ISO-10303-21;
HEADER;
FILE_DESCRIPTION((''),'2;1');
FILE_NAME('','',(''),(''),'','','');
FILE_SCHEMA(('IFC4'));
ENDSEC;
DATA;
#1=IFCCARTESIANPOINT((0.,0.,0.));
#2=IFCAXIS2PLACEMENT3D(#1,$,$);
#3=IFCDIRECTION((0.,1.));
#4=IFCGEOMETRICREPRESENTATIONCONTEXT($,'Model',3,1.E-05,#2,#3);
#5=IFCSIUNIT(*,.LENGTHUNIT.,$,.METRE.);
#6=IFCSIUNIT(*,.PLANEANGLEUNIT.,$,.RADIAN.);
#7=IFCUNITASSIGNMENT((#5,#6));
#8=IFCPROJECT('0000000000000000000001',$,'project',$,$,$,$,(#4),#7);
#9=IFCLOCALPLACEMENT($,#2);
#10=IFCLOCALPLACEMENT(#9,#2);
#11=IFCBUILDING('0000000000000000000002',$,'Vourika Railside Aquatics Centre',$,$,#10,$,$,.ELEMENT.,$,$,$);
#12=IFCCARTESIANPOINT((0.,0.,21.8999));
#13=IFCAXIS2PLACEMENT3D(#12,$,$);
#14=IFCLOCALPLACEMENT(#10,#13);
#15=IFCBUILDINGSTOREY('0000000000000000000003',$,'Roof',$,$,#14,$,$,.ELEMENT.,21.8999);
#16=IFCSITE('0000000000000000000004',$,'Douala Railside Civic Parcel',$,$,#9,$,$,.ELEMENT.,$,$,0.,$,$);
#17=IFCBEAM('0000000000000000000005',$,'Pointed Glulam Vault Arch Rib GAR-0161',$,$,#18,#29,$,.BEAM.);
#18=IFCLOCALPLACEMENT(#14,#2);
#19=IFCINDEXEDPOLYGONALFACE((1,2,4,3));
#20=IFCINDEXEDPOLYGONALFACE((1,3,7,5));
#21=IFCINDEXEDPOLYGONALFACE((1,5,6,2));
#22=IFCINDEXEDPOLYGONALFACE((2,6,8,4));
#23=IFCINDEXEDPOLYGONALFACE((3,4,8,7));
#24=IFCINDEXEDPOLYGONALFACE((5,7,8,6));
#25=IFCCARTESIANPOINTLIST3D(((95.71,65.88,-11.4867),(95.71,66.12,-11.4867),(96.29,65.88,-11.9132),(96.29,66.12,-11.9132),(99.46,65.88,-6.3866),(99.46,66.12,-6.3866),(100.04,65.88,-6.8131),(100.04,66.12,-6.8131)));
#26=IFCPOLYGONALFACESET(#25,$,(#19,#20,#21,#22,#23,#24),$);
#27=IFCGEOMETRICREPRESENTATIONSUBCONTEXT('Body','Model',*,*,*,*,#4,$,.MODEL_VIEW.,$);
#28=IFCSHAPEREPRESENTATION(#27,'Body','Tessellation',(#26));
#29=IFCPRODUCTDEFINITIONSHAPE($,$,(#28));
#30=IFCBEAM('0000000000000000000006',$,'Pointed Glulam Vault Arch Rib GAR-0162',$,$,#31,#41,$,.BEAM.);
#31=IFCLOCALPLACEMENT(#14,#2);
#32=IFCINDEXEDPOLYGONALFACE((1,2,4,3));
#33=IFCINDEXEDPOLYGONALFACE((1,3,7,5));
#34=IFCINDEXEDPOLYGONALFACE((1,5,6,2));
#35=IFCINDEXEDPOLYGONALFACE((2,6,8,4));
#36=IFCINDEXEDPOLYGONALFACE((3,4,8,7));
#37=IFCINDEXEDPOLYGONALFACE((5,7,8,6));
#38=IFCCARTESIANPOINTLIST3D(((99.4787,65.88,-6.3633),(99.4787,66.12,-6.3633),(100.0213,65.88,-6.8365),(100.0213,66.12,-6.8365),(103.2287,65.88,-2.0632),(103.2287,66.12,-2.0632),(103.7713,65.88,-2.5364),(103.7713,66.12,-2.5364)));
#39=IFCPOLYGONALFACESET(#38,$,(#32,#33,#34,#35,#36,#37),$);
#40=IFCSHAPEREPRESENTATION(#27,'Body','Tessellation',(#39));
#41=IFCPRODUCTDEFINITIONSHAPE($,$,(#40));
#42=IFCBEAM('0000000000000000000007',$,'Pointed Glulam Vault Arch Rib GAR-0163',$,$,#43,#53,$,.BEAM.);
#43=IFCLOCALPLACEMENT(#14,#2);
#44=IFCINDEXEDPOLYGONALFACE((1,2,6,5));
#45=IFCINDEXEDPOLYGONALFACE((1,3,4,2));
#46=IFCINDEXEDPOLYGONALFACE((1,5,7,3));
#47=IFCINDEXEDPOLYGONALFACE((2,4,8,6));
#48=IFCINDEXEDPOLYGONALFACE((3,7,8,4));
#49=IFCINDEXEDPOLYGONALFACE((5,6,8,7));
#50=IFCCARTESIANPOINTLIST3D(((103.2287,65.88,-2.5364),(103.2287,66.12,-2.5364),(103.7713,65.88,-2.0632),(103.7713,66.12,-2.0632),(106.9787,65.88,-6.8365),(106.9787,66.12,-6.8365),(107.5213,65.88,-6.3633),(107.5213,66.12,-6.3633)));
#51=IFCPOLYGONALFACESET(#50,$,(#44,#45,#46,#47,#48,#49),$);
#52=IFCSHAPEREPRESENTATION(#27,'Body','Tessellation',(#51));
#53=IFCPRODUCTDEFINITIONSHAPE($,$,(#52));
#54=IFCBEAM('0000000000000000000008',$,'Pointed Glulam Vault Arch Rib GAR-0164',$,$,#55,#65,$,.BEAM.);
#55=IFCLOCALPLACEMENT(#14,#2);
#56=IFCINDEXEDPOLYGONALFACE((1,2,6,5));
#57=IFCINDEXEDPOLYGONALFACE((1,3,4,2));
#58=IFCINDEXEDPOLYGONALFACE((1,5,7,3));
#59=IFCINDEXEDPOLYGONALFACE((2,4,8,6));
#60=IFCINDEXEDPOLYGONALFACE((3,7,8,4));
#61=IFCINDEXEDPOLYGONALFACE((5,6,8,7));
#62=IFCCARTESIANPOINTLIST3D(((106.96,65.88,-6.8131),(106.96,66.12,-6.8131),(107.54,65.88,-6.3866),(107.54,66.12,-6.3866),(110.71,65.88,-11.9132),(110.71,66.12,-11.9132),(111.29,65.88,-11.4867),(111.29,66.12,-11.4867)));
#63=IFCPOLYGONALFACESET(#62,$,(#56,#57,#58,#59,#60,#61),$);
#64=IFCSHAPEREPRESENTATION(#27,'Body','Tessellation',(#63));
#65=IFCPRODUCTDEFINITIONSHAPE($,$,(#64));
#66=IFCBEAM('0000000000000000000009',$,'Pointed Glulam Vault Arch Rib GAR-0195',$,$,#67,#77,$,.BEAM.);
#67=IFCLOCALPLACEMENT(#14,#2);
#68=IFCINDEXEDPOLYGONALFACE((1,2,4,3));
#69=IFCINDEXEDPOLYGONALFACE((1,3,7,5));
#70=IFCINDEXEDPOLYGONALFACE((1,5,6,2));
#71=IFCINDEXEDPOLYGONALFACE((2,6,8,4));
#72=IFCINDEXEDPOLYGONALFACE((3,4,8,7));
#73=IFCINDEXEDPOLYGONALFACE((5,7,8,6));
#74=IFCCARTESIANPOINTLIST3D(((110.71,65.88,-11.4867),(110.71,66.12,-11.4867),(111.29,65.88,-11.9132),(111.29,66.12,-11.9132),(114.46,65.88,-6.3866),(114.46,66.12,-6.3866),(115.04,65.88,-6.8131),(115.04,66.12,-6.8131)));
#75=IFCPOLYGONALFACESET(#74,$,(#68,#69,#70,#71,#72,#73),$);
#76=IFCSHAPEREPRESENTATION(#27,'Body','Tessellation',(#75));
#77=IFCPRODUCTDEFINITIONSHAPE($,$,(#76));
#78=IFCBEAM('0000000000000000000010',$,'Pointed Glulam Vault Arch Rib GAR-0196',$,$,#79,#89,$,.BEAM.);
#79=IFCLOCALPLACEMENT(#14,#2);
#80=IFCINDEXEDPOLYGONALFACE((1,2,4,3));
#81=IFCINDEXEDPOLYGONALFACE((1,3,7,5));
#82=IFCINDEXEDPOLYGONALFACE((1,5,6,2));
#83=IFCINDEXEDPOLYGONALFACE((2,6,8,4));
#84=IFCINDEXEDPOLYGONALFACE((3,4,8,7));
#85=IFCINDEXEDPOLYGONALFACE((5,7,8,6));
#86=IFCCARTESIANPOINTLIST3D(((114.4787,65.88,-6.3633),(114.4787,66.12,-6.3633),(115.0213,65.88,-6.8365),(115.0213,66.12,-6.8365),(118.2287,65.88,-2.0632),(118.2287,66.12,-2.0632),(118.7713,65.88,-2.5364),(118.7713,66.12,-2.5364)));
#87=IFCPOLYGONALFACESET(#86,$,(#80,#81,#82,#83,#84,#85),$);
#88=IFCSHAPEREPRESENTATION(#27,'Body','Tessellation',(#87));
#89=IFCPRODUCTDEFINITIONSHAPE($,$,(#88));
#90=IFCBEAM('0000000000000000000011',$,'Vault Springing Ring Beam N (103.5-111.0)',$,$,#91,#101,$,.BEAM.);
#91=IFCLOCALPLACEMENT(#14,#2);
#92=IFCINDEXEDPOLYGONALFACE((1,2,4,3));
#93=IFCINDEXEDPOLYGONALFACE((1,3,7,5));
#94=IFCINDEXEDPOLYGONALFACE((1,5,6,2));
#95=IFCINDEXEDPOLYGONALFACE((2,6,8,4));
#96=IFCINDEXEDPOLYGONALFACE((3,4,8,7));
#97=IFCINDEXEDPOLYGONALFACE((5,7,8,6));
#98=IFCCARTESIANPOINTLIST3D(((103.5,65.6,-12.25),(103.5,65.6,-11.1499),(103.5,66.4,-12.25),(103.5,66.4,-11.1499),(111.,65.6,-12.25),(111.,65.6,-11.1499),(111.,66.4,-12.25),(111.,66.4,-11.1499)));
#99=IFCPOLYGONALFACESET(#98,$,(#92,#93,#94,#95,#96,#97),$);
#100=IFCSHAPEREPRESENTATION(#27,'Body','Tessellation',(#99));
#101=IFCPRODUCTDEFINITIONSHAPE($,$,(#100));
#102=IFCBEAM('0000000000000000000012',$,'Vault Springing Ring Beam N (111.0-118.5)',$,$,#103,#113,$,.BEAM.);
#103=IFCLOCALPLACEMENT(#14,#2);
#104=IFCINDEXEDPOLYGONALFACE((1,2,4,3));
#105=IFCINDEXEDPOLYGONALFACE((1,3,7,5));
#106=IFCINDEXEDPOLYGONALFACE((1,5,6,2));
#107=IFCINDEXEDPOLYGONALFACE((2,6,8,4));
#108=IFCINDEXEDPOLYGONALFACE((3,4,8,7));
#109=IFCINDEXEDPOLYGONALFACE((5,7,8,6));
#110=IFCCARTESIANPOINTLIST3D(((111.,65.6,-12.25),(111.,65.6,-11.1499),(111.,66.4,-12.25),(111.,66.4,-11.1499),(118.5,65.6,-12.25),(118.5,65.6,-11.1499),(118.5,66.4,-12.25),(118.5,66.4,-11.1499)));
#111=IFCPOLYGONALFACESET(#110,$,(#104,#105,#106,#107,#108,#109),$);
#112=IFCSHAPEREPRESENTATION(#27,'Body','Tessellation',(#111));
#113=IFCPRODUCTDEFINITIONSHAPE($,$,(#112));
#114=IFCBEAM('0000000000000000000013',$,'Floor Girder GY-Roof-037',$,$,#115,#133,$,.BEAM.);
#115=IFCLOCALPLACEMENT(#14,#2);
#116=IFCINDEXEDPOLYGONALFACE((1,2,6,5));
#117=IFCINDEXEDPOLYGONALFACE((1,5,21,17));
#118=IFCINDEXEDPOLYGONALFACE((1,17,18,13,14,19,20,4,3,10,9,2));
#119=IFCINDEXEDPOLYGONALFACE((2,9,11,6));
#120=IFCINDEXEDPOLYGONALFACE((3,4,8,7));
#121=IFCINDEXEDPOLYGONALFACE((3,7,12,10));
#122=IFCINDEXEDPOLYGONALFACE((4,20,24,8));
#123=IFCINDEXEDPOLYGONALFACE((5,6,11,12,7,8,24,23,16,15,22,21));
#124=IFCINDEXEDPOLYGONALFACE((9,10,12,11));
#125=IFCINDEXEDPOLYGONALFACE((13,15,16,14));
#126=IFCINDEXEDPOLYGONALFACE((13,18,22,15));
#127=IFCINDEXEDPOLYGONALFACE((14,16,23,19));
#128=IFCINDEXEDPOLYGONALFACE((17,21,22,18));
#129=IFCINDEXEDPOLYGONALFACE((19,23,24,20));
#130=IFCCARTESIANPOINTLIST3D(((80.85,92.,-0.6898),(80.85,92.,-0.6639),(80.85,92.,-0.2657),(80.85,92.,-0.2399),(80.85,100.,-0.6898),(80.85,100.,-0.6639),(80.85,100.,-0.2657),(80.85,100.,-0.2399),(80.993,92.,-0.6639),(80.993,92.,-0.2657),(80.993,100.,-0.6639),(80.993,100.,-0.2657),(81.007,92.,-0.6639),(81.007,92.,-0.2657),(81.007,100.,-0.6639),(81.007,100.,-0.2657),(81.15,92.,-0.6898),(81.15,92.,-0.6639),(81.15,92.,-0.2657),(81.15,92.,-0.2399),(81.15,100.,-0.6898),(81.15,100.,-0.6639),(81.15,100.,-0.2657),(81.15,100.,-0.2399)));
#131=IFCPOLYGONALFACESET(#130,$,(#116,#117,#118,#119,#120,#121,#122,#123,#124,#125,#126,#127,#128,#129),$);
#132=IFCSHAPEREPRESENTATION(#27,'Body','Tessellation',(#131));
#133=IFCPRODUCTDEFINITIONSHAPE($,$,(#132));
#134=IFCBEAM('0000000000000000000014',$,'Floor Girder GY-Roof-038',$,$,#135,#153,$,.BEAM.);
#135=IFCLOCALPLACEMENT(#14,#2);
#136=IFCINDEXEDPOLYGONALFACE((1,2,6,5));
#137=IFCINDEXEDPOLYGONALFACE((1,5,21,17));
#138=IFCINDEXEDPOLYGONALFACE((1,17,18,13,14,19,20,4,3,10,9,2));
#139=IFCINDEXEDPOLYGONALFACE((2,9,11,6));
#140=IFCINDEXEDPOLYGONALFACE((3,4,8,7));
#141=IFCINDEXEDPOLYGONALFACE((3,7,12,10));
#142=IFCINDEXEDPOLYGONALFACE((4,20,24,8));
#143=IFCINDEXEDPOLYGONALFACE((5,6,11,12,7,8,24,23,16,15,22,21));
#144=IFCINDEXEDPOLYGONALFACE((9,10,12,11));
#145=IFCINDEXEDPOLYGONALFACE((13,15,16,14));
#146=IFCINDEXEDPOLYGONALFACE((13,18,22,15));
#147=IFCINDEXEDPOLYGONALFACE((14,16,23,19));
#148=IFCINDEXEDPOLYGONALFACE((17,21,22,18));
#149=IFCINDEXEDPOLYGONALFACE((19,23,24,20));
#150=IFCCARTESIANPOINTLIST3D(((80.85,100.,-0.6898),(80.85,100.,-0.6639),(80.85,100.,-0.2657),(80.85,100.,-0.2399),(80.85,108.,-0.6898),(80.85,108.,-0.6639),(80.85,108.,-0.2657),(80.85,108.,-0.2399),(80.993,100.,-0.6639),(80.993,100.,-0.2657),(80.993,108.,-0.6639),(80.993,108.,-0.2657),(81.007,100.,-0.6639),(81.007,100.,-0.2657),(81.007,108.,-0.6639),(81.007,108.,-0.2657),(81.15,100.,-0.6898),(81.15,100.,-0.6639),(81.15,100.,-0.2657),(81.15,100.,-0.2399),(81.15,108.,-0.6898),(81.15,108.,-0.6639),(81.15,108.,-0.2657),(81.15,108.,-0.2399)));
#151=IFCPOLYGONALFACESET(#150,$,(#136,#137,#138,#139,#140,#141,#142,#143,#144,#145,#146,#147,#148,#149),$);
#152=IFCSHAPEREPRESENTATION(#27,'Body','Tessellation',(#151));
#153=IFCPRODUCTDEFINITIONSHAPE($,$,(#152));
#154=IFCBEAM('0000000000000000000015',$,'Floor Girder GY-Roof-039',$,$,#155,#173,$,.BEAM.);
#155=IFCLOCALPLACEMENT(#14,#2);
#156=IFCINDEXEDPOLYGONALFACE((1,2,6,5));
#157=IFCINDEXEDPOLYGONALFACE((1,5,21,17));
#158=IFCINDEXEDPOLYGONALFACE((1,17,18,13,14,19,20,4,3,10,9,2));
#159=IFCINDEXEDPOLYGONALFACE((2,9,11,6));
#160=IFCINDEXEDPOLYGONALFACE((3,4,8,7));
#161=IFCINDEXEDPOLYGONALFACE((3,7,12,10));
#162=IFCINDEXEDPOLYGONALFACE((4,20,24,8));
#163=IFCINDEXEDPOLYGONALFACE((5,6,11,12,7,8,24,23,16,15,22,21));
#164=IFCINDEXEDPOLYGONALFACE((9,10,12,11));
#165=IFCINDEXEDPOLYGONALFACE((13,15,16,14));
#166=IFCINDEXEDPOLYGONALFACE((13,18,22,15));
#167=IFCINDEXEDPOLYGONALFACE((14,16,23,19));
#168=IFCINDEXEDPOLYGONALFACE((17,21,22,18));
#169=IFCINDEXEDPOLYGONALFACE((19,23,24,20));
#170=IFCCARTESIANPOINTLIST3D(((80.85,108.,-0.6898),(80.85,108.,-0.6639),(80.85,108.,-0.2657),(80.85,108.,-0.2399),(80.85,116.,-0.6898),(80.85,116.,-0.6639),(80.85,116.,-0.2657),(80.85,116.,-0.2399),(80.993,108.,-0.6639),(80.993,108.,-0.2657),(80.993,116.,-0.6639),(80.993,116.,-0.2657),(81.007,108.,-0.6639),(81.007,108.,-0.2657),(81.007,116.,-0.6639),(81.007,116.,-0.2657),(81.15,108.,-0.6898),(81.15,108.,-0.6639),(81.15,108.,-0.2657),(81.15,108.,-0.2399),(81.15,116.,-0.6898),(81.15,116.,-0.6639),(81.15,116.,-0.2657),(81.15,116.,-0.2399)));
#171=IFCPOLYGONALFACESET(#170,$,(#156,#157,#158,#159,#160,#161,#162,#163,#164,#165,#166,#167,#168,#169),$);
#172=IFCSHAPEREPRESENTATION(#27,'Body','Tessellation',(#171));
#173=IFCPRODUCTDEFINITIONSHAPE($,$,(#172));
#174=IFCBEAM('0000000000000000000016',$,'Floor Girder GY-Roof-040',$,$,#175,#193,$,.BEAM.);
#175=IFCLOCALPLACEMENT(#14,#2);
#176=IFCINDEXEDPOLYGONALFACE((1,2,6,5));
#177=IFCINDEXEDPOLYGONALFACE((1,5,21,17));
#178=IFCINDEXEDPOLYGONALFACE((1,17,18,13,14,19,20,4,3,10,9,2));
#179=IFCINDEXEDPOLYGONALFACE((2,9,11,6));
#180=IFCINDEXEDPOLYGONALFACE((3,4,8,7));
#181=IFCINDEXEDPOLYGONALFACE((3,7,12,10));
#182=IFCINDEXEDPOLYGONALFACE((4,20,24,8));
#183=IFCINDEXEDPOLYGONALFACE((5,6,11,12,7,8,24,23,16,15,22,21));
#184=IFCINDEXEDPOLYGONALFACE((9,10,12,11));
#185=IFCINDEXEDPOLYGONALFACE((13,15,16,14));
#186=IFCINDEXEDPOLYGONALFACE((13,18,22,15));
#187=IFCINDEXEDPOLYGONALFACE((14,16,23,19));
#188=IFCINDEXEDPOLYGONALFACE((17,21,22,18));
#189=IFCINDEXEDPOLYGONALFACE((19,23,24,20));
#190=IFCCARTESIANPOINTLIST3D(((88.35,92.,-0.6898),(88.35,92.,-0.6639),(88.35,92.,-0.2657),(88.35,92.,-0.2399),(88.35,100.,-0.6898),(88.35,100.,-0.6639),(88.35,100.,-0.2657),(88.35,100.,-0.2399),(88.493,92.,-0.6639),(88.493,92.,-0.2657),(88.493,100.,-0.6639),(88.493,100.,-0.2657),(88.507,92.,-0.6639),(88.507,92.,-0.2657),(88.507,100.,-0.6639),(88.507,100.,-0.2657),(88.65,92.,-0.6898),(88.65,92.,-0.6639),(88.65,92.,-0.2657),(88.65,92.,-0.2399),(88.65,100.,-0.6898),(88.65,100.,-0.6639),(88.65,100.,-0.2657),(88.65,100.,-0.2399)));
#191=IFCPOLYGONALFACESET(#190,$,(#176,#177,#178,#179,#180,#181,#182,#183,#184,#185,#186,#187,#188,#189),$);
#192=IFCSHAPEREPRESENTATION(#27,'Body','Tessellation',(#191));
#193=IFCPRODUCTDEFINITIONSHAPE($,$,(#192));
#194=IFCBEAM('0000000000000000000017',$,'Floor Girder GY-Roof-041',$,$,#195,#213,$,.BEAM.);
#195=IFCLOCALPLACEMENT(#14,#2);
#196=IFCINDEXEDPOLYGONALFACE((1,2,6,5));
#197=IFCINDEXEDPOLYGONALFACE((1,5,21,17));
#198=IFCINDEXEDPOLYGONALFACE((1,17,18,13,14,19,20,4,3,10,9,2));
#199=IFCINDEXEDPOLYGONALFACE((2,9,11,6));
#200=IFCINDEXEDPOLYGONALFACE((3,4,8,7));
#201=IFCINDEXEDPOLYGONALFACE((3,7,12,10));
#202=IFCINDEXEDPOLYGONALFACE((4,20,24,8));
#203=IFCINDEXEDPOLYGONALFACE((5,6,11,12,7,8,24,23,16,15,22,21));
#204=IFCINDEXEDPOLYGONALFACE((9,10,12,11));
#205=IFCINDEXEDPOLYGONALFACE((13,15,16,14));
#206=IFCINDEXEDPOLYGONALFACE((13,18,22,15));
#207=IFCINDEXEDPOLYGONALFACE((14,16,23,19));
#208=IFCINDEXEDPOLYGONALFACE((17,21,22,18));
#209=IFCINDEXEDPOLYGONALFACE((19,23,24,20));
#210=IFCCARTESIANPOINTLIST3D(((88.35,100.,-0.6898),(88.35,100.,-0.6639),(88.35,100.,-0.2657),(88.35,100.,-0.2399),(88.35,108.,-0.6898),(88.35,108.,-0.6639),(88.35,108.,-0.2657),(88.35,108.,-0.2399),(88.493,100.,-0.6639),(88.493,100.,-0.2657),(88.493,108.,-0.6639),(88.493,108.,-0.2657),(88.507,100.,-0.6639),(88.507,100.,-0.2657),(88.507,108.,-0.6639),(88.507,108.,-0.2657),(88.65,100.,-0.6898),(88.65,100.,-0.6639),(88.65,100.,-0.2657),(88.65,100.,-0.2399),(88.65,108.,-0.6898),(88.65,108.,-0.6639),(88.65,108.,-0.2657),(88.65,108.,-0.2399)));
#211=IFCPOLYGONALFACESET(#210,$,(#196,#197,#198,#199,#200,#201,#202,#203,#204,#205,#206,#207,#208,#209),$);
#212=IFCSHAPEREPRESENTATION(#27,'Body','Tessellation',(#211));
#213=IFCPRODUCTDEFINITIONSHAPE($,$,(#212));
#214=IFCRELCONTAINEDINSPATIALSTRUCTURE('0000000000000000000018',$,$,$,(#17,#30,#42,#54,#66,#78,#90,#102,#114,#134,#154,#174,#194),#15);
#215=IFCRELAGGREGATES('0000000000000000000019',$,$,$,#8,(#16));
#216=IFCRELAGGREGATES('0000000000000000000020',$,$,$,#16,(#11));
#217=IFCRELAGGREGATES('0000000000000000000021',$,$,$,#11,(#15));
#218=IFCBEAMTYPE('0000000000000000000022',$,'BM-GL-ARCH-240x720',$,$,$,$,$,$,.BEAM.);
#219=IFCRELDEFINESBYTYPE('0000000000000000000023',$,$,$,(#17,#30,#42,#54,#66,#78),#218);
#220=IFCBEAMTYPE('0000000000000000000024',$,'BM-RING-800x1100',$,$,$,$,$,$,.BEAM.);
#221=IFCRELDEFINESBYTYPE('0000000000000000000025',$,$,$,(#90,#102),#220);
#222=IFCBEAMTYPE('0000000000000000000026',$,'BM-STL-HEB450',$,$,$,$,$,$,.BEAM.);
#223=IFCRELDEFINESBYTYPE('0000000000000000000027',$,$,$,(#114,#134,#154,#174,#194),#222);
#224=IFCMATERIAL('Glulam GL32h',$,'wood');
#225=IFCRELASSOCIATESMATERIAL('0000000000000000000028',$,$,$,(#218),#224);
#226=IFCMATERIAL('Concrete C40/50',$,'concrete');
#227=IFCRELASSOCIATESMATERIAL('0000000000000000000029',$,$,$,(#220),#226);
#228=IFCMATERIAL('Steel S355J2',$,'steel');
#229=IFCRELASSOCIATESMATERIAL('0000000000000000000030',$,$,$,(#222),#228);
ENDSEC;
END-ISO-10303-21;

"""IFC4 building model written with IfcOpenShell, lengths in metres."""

from ifc_helpers import new_model, si_unit, direction, frame, origin, origin_2d, place, context, subcontext, project, spatial, rectangle, i_section, extrude, material, material_profile, profile_set, type_object, element, save


model = new_model("IFC4")

# Units and contexts
model_context = context("Model", 3, precision=1e-05, world=origin(), true_north=direction((0.0, 1.0)))
body_context = subcontext(model_context, "Body", "Model", "MODEL_VIEW")
ifc_project = project(units=[si_unit("LENGTHUNIT", "METRE"), si_unit("PLANEANGLEUNIT", "RADIAN")], contexts=[model_context])

# Site, building, storey
site_placement = place(None, origin())
site = spatial("IfcSite", under=ifc_project, at=site_placement, Name="Douala Railside Civic Parcel", CompositionType="ELEMENT", RefElevation=0.0)
building_placement = place(site_placement, origin())
building = spatial("IfcBuilding", under=site, at=building_placement, Name="Vourika Railside Aquatics Centre", CompositionType="ELEMENT")
storey_placement = place(building_placement, frame((0.0, 0.0, 21.8999)))
storey = spatial("IfcBuildingStorey", under=building, at=storey_placement, Name="Roof", CompositionType="ELEMENT", Elevation=21.8999)

# Beams
ifc_material_1 = material(Name="Glulam GL32h", Category="wood")
ifc_material_profile_1 = material_profile(ifc_material_1, rectangle(XDim=0.24, YDim=0.72, at=origin_2d()), Name="GL32h 240x720")
ifc_profile_set_1 = profile_set([ifc_material_profile_1], Name="Glulam GL32h")
beam_type_1 = type_object("IfcBeamType", Name="BM-GL-ARCH-240x720", PredefinedType="BEAM", material=ifc_profile_set_1)
beam_1_placement = place(storey_placement, frame((96.0, 66.0, -11.7), z_axis=(0.592383, 0.0, 0.805656), x_axis=(0.0, 1.0, 0.0)))
element("IfcBeam", 1, at=beam_1_placement, inside=storey, type_object=beam_type_1, Name="Pointed Glulam Vault Arch Rib GAR-0161", PredefinedType="BEAM", context=body_context, shape_type="SweptSolid", body=[
    extrude(rectangle(XDim=0.24, YDim=0.72, at=origin_2d()), origin(), (0.0, 0.0, 1.0), 6.3303),
])
for number, where, z_axis, x_axis, name in (
    (2, (99.75, 66.0, -6.5999), (0.657259, 0.0, 0.753665), (0.0, 1.0, 0.0), "Pointed Glulam Vault Arch Rib GAR-0162"),
    (3, (103.5, 66.0, -2.2998), (0.657259, 0.0, -0.753665), (0.0, 1.0, 0.0), "Pointed Glulam Vault Arch Rib GAR-0163"),
):
    element("IfcBeam", number, at=place(storey_placement, frame(where, z_axis=z_axis, x_axis=x_axis)), inside=storey, type_object=beam_type_1, Name=name, PredefinedType="BEAM", context=body_context, shape_type="SweptSolid", body=[
        extrude(rectangle(XDim=0.24, YDim=0.72, at=origin_2d()), origin(), (0.0, 0.0, 1.0), 5.7056),
    ])
for number, where, z_axis, x_axis, name in (
    (4, (107.25, 66.0, -6.5999), (0.592383, 0.0, -0.805656), (0.0, 1.0, 0.0), "Pointed Glulam Vault Arch Rib GAR-0164"),
    (5, (111.0, 66.0, -11.7), (0.592383, 0.0, 0.805656), (0.0, 1.0, 0.0), "Pointed Glulam Vault Arch Rib GAR-0195"),
):
    element("IfcBeam", number, at=place(storey_placement, frame(where, z_axis=z_axis, x_axis=x_axis)), inside=storey, type_object=beam_type_1, Name=name, PredefinedType="BEAM", context=body_context, shape_type="SweptSolid", body=[
        extrude(rectangle(XDim=0.24, YDim=0.72, at=origin_2d()), origin(), (0.0, 0.0, 1.0), 6.3303),
    ])
beam_2_placement = place(storey_placement, frame((114.75, 66.0, -6.5999), z_axis=(0.657259, 0.0, 0.753665), x_axis=(0.0, 1.0, 0.0)))
element("IfcBeam", 6, at=beam_2_placement, inside=storey, type_object=beam_type_1, Name="Pointed Glulam Vault Arch Rib GAR-0196", PredefinedType="BEAM", context=body_context, shape_type="SweptSolid", body=[
    extrude(rectangle(XDim=0.24, YDim=0.72, at=origin_2d()), origin(), (0.0, 0.0, 1.0), 5.7056),
])
ifc_material_2 = material(Name="Concrete C40/50", Category="concrete")
ifc_material_profile_2 = material_profile(ifc_material_2, rectangle(XDim=0.8, YDim=1.1001, at=origin_2d()), Name="RC 800x1100")
ifc_profile_set_2 = profile_set([ifc_material_profile_2], Name="Concrete C40/50")
beam_type_2 = type_object("IfcBeamType", Name="BM-RING-800x1100", PredefinedType="BEAM", material=ifc_profile_set_2)
for number, where, z_axis, x_axis, name in (
    (7, (103.5, 66.0, -11.7), (1.0, 0.0, 0.0), (0.0, 1.0, 0.0), "Vault Springing Ring Beam N (103.5-111.0)"),
    (8, (111.0, 66.0, -11.7), (1.0, 0.0, 0.0), (0.0, 1.0, 0.0), "Vault Springing Ring Beam N (111.0-118.5)"),
):
    element("IfcBeam", number, at=place(storey_placement, frame(where, z_axis=z_axis, x_axis=x_axis)), inside=storey, type_object=beam_type_2, Name=name, PredefinedType="BEAM", context=body_context, shape_type="SweptSolid", body=[
        extrude(rectangle(XDim=0.8, YDim=1.1001, at=origin_2d()), origin(), (0.0, 0.0, 1.0), 7.5),
    ])
ifc_material_3 = material(Name="Steel S355J2", Category="steel")
ifc_material_profile_3 = material_profile(ifc_material_3, i_section(OverallWidth=0.3, OverallDepth=0.45, WebThickness=0.0139, FlangeThickness=0.0259, at=origin_2d()), Name="HEB 450")
ifc_profile_set_3 = profile_set([ifc_material_profile_3], Name="Steel S355J2")
beam_type_3 = type_object("IfcBeamType", Name="BM-STL-HEB450", PredefinedType="BEAM", material=ifc_profile_set_3)
for number, where, z_axis, x_axis, name in (
    (9, (81.0, 92.0, -0.4648), (0.0, 1.0, 0.0), (-1.0, 0.0, 0.0), "Floor Girder GY-Roof-037"),
    (10, (81.0, 100.0, -0.4648), (0.0, 1.0, 0.0), (-1.0, 0.0, 0.0), "Floor Girder GY-Roof-038"),
    (11, (81.0, 108.0, -0.4648), (0.0, 1.0, 0.0), (-1.0, 0.0, 0.0), "Floor Girder GY-Roof-039"),
    (12, (88.5, 92.0, -0.4648), (0.0, 1.0, 0.0), (-1.0, 0.0, 0.0), "Floor Girder GY-Roof-040"),
    (13, (88.5, 100.0, -0.4648), (0.0, 1.0, 0.0), (-1.0, 0.0, 0.0), "Floor Girder GY-Roof-041"),
):
    element("IfcBeam", number, at=place(storey_placement, frame(where, z_axis=z_axis, x_axis=x_axis)), inside=storey, type_object=beam_type_3, Name=name, PredefinedType="BEAM", context=body_context, shape_type="SweptSolid", body=[
        extrude(i_section(OverallWidth=0.3, OverallDepth=0.45, WebThickness=0.0139, FlangeThickness=0.0259, at=origin_2d()), origin(), (0.0, 0.0, 1.0), 8.0),
    ])

save(model, "model.ifc")
